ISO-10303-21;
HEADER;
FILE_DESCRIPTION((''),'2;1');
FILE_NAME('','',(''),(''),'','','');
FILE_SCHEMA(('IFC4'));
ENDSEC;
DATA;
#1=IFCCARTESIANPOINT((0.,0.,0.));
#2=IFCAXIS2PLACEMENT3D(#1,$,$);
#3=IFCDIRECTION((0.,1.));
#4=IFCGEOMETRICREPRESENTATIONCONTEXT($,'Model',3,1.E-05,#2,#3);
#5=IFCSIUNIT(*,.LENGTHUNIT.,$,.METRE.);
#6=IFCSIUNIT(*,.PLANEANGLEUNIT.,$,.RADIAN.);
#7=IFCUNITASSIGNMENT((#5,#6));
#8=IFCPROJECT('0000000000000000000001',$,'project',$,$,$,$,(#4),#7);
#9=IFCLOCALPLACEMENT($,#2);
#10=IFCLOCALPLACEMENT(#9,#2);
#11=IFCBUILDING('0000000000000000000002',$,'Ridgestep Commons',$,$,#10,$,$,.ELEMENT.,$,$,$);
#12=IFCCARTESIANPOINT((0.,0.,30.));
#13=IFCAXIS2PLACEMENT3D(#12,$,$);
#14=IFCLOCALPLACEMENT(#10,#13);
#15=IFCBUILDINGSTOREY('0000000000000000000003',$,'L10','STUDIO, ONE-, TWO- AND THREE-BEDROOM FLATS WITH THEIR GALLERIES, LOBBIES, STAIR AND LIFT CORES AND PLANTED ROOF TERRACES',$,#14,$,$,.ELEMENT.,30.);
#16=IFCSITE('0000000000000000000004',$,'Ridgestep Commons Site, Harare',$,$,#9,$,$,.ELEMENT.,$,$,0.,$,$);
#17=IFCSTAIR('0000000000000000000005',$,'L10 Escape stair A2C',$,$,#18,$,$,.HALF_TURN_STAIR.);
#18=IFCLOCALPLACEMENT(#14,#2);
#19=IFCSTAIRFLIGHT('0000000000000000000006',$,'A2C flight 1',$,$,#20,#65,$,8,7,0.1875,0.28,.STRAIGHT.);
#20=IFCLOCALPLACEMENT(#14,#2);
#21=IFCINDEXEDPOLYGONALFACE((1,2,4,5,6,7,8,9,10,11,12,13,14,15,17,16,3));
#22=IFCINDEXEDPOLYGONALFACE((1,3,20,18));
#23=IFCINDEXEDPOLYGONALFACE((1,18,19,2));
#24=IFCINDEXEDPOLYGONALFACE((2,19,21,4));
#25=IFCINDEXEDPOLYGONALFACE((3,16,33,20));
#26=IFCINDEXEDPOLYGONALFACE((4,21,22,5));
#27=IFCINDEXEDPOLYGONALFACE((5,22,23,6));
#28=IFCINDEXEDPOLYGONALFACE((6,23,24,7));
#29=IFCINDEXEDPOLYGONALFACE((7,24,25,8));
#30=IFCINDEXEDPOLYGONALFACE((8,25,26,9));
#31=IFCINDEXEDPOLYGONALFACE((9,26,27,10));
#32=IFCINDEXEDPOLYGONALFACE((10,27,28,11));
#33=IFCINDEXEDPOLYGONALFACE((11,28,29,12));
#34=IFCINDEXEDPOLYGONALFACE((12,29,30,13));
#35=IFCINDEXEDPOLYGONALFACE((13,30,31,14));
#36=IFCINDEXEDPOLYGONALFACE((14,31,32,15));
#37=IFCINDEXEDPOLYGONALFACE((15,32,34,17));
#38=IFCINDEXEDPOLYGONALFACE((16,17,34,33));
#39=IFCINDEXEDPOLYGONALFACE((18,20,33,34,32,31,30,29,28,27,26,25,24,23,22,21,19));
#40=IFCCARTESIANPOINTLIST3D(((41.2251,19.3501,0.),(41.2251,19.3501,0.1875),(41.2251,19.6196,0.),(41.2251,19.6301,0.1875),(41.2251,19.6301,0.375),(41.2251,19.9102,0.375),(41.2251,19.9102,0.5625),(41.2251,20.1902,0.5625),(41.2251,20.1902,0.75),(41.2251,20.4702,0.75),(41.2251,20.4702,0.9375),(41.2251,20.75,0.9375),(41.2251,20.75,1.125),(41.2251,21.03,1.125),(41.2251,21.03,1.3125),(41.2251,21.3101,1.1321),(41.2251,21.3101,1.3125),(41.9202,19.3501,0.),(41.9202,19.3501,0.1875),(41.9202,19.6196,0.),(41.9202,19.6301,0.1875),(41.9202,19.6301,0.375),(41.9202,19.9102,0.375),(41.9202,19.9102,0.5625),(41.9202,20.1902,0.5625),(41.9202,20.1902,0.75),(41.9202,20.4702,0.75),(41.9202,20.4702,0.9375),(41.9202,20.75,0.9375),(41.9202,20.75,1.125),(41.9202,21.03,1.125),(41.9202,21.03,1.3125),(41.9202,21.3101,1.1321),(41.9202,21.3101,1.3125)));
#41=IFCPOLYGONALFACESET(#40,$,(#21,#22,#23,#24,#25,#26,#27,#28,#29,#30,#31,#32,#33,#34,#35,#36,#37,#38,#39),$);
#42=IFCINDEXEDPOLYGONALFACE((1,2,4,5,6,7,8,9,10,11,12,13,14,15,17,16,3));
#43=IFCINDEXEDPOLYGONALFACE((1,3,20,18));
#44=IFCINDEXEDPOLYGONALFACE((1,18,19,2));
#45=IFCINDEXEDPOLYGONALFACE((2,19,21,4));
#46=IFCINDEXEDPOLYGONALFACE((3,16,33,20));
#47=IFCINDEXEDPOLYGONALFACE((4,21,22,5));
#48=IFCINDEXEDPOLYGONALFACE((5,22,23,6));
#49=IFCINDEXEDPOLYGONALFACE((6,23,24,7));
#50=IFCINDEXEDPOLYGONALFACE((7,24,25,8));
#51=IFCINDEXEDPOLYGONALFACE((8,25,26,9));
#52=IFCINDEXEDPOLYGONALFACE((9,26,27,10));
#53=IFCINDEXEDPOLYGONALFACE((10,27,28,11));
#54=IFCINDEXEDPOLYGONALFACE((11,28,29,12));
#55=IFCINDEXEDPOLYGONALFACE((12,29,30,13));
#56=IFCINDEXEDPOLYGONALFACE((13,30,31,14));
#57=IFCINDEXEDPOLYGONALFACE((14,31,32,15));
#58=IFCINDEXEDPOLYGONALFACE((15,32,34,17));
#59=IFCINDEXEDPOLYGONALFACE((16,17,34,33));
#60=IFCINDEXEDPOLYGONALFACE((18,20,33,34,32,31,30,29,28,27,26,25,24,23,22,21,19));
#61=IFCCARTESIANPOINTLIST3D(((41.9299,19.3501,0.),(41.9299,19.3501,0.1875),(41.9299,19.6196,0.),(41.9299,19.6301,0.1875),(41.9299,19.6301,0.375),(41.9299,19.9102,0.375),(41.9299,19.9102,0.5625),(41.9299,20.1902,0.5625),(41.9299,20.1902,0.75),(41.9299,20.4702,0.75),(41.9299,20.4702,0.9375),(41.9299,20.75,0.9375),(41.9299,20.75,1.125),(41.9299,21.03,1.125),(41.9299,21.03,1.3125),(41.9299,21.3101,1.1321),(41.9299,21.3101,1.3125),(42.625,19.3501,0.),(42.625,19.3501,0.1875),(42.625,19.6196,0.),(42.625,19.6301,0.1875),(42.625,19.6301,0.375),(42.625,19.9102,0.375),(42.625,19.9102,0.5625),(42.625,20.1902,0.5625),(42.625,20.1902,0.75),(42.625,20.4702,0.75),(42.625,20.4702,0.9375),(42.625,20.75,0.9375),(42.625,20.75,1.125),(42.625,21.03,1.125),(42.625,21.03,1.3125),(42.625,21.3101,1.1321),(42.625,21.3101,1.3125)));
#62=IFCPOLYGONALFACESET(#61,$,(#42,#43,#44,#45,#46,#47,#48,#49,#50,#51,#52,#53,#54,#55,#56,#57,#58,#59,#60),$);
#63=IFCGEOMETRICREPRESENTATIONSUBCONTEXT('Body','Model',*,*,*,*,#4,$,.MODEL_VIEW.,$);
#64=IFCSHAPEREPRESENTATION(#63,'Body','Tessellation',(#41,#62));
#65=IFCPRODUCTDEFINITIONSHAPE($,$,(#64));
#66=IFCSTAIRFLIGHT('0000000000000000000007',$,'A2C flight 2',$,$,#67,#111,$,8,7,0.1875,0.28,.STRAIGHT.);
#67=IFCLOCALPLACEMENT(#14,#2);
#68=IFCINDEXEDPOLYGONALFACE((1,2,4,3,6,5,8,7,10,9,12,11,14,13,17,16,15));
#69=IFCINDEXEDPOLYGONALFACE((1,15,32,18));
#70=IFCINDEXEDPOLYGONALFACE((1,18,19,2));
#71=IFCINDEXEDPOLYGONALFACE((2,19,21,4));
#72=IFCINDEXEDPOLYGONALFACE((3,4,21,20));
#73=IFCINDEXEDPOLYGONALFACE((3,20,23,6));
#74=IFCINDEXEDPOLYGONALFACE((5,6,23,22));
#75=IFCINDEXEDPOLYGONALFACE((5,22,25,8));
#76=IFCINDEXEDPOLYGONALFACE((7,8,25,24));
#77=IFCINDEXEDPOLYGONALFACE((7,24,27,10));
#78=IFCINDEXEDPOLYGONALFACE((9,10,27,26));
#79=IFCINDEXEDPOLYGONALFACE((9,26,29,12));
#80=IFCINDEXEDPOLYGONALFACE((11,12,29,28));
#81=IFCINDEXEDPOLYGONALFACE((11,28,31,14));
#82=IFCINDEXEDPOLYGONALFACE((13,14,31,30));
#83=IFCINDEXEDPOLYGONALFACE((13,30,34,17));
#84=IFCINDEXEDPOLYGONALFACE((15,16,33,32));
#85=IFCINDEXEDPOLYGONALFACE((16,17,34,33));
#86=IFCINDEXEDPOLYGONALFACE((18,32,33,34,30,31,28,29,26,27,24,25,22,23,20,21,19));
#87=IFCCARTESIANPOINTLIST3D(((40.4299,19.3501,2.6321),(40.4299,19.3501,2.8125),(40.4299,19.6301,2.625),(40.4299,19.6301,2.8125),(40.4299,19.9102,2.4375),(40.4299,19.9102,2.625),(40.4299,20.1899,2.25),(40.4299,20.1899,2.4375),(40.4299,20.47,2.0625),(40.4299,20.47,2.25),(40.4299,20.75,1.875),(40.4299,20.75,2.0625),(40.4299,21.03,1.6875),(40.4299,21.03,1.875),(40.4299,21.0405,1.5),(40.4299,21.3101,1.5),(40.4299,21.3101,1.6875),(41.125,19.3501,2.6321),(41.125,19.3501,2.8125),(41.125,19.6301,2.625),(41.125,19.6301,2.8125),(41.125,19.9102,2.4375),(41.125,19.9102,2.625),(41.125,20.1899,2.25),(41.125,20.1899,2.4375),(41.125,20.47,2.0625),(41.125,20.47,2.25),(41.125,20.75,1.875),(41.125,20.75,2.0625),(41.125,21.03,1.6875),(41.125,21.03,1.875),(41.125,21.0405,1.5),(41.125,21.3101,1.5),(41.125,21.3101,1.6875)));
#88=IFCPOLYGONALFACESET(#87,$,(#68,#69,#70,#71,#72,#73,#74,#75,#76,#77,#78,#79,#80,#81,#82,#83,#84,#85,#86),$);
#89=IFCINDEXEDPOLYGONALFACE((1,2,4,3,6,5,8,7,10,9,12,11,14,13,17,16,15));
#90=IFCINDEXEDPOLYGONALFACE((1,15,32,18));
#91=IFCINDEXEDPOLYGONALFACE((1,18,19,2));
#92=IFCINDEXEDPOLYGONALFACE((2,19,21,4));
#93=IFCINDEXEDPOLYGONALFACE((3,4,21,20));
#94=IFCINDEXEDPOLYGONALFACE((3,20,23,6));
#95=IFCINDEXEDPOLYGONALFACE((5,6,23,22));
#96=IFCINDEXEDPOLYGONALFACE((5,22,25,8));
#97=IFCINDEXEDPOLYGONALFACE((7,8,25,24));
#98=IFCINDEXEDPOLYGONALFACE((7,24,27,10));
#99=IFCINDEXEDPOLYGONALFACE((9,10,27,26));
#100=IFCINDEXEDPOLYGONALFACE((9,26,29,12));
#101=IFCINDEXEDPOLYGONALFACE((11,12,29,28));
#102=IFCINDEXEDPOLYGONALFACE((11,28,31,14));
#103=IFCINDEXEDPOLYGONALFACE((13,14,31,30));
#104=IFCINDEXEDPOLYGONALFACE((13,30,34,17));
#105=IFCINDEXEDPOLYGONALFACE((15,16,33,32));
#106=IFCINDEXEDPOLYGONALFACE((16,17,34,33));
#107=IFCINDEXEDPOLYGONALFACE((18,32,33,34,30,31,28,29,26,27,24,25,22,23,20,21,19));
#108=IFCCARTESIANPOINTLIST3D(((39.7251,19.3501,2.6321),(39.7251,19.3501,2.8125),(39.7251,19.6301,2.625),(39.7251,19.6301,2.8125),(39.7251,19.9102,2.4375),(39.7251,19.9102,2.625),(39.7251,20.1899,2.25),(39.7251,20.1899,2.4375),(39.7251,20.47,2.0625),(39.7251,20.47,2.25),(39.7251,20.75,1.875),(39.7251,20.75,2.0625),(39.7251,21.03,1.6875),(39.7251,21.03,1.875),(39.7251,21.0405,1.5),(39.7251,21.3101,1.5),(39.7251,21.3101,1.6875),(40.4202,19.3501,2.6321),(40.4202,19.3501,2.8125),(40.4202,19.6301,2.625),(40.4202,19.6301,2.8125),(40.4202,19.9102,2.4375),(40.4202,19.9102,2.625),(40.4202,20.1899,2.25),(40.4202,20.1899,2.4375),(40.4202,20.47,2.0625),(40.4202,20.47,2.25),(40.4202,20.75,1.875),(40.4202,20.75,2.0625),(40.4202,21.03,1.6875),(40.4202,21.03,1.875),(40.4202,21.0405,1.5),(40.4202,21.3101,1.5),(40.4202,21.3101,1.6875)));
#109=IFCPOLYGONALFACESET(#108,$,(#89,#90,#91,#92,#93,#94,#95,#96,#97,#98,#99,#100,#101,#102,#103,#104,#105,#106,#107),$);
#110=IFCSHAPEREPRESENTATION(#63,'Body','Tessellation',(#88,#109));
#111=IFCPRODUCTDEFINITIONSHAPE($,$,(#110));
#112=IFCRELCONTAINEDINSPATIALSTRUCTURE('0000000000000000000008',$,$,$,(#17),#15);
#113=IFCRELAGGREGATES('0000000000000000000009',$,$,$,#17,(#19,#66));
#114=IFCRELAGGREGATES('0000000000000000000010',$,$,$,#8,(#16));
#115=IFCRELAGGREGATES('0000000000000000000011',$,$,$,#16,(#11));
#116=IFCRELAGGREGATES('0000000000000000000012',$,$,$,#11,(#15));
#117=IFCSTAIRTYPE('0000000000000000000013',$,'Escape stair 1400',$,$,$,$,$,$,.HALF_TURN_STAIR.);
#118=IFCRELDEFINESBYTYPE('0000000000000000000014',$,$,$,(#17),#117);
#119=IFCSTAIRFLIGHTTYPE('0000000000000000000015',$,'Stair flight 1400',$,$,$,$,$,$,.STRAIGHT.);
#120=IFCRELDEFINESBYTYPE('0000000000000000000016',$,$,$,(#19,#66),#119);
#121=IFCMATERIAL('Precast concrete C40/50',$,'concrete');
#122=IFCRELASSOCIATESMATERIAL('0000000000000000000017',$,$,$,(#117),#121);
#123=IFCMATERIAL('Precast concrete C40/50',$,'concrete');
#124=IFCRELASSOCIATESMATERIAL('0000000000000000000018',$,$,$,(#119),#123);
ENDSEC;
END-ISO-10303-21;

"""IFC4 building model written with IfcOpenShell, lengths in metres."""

from ifc_helpers import new_model, si_unit, direction, frame, origin, place, context, subcontext, project, spatial, polyline, outline, extrude, material, type_object, element, aggregate, save


model = new_model("IFC4")

# Units and contexts
model_context = context("Model", 3, precision=1e-05, world=origin(), true_north=direction((0.0, 1.0)))
body_context = subcontext(model_context, "Body", "Model", "MODEL_VIEW")
ifc_project = project(units=[si_unit("LENGTHUNIT", "METRE"), si_unit("PLANEANGLEUNIT", "RADIAN")], contexts=[model_context])

# Site, building, storey
site_placement = place(None, origin())
site = spatial("IfcSite", under=ifc_project, at=site_placement, Name="Ridgestep Commons Site, Harare", CompositionType="ELEMENT", RefElevation=0.0)
building_placement = place(site_placement, origin())
building = spatial("IfcBuilding", under=site, at=building_placement, Name="Ridgestep Commons", CompositionType="ELEMENT")
storey_placement = place(building_placement, frame((0.0, 0.0, 30.0)))
storey = spatial("IfcBuildingStorey", under=building, at=storey_placement, Name="L10", Description="STUDIO, ONE-, TWO- AND THREE-BEDROOM FLATS WITH THEIR GALLERIES, LOBBIES, STAIR AND LIFT CORES AND PLANTED ROOF TERRACES", CompositionType="ELEMENT", Elevation=30.0)

# Stair, stair flights
ifc_material_1 = material(Name="Precast concrete C40/50", Category="concrete")
stair_type = type_object("IfcStairType", Name="Escape stair 1400", PredefinedType="HALF_TURN_STAIR", material=ifc_material_1)
stair_placement = place(storey_placement, origin())
stair = element("IfcStair", 1, at=stair_placement, inside=storey, type_object=stair_type, Name="L10 Escape stair A2C", PredefinedType="HALF_TURN_STAIR")
ifc_material_2 = material(Name="Precast concrete C40/50", Category="concrete")
stair_flight_type = type_object("IfcStairFlightType", Name="Stair flight 1400", PredefinedType="STRAIGHT", material=ifc_material_2)
stair_flight_1_placement = place(storey_placement, frame((41.925, 19.3501, 0.0), z_axis=(0.0, 0.0, 1.0), x_axis=(0.0, 1.0, 0.0)))
stair_flight_1 = element("IfcStairFlight", 2, at=stair_flight_1_placement, type_object=stair_flight_type, Name="A2C flight 1", NumberOfRisers=8, NumberOfTreads=7, PredefinedType="STRAIGHT", RiserHeight=0.1875, TreadLength=0.28, context=body_context, shape_type="SweptSolid", body=[
    extrude(outline(polyline([(0.0, 0.0), (0.0, 0.1875), (0.28, 0.1875), (0.28, 0.375), (0.5601, 0.375), (0.5601, 0.5625), (0.8401, 0.5625), (0.8401, 0.75), (1.1201, 0.75), (1.1201, 0.9375), (1.3999, 0.9375), (1.3999, 1.125), (1.6799, 1.125), (1.6799, 1.3125), (1.96, 1.3125), (1.96, 1.5), (1.96, 1.1321), (0.2695, 0.0), (0.0, 0.0)])), frame((0.0, 0.7, 0.0), z_axis=(0.0, -1.0, 0.0), x_axis=(1.0, 0.0, 0.0)), (0.0, 0.0, 1.0), 0.6951),
    extrude(outline(polyline([(0.0, 0.0), (0.0, 0.1875), (0.28, 0.1875), (0.28, 0.375), (0.5601, 0.375), (0.5601, 0.5625), (0.8401, 0.5625), (0.8401, 0.75), (1.1201, 0.75), (1.1201, 0.9375), (1.3999, 0.9375), (1.3999, 1.125), (1.6799, 1.125), (1.6799, 1.3125), (1.96, 1.3125), (1.96, 1.5), (1.96, 1.1321), (0.2695, 0.0), (0.0, 0.0)])), frame((0.0, -0.0049, 0.0), z_axis=(0.0, -1.0, 0.0), x_axis=(1.0, 0.0, 0.0)), (0.0, 0.0, 1.0), 0.6951),
])
stair_flight_2_placement = place(storey_placement, frame((40.425, 21.3101, 1.5), z_axis=(0.0, 0.0, 1.0), x_axis=(0.0, -1.0, 0.0)))
stair_flight_2 = element("IfcStairFlight", 3, at=stair_flight_2_placement, type_object=stair_flight_type, Name="A2C flight 2", NumberOfRisers=8, NumberOfTreads=7, PredefinedType="STRAIGHT", RiserHeight=0.1875, TreadLength=0.28, context=body_context, shape_type="SweptSolid", body=[
    extrude(outline(polyline([(0.0, 0.0), (0.0, 0.1875), (0.28, 0.1875), (0.28, 0.375), (0.5601, 0.375), (0.5601, 0.5625), (0.8401, 0.5625), (0.8401, 0.75), (1.1201, 0.75), (1.1201, 0.9375), (1.3999, 0.9375), (1.3999, 1.125), (1.6799, 1.125), (1.6799, 1.3125), (1.96, 1.3125), (1.96, 1.5), (1.96, 1.1321), (0.2695, 0.0), (0.0, 0.0)])), frame((0.0, 0.7, 0.0), z_axis=(0.0, -1.0, 0.0), x_axis=(1.0, 0.0, 0.0)), (0.0, 0.0, 1.0), 0.6951),
    extrude(outline(polyline([(0.0, 0.0), (0.0, 0.1875), (0.28, 0.1875), (0.28, 0.375), (0.5601, 0.375), (0.5601, 0.5625), (0.8401, 0.5625), (0.8401, 0.75), (1.1201, 0.75), (1.1201, 0.9375), (1.3999, 0.9375), (1.3999, 1.125), (1.6799, 1.125), (1.6799, 1.3125), (1.96, 1.3125), (1.96, 1.5), (1.96, 1.1321), (0.2695, 0.0), (0.0, 0.0)])), frame((0.0, -0.0049, 0.0), z_axis=(0.0, -1.0, 0.0), x_axis=(1.0, 0.0, 0.0)), (0.0, 0.0, 1.0), 0.6951),
])
aggregate(stair, [stair_flight_1, stair_flight_2])

save(model, "model.ifc")
